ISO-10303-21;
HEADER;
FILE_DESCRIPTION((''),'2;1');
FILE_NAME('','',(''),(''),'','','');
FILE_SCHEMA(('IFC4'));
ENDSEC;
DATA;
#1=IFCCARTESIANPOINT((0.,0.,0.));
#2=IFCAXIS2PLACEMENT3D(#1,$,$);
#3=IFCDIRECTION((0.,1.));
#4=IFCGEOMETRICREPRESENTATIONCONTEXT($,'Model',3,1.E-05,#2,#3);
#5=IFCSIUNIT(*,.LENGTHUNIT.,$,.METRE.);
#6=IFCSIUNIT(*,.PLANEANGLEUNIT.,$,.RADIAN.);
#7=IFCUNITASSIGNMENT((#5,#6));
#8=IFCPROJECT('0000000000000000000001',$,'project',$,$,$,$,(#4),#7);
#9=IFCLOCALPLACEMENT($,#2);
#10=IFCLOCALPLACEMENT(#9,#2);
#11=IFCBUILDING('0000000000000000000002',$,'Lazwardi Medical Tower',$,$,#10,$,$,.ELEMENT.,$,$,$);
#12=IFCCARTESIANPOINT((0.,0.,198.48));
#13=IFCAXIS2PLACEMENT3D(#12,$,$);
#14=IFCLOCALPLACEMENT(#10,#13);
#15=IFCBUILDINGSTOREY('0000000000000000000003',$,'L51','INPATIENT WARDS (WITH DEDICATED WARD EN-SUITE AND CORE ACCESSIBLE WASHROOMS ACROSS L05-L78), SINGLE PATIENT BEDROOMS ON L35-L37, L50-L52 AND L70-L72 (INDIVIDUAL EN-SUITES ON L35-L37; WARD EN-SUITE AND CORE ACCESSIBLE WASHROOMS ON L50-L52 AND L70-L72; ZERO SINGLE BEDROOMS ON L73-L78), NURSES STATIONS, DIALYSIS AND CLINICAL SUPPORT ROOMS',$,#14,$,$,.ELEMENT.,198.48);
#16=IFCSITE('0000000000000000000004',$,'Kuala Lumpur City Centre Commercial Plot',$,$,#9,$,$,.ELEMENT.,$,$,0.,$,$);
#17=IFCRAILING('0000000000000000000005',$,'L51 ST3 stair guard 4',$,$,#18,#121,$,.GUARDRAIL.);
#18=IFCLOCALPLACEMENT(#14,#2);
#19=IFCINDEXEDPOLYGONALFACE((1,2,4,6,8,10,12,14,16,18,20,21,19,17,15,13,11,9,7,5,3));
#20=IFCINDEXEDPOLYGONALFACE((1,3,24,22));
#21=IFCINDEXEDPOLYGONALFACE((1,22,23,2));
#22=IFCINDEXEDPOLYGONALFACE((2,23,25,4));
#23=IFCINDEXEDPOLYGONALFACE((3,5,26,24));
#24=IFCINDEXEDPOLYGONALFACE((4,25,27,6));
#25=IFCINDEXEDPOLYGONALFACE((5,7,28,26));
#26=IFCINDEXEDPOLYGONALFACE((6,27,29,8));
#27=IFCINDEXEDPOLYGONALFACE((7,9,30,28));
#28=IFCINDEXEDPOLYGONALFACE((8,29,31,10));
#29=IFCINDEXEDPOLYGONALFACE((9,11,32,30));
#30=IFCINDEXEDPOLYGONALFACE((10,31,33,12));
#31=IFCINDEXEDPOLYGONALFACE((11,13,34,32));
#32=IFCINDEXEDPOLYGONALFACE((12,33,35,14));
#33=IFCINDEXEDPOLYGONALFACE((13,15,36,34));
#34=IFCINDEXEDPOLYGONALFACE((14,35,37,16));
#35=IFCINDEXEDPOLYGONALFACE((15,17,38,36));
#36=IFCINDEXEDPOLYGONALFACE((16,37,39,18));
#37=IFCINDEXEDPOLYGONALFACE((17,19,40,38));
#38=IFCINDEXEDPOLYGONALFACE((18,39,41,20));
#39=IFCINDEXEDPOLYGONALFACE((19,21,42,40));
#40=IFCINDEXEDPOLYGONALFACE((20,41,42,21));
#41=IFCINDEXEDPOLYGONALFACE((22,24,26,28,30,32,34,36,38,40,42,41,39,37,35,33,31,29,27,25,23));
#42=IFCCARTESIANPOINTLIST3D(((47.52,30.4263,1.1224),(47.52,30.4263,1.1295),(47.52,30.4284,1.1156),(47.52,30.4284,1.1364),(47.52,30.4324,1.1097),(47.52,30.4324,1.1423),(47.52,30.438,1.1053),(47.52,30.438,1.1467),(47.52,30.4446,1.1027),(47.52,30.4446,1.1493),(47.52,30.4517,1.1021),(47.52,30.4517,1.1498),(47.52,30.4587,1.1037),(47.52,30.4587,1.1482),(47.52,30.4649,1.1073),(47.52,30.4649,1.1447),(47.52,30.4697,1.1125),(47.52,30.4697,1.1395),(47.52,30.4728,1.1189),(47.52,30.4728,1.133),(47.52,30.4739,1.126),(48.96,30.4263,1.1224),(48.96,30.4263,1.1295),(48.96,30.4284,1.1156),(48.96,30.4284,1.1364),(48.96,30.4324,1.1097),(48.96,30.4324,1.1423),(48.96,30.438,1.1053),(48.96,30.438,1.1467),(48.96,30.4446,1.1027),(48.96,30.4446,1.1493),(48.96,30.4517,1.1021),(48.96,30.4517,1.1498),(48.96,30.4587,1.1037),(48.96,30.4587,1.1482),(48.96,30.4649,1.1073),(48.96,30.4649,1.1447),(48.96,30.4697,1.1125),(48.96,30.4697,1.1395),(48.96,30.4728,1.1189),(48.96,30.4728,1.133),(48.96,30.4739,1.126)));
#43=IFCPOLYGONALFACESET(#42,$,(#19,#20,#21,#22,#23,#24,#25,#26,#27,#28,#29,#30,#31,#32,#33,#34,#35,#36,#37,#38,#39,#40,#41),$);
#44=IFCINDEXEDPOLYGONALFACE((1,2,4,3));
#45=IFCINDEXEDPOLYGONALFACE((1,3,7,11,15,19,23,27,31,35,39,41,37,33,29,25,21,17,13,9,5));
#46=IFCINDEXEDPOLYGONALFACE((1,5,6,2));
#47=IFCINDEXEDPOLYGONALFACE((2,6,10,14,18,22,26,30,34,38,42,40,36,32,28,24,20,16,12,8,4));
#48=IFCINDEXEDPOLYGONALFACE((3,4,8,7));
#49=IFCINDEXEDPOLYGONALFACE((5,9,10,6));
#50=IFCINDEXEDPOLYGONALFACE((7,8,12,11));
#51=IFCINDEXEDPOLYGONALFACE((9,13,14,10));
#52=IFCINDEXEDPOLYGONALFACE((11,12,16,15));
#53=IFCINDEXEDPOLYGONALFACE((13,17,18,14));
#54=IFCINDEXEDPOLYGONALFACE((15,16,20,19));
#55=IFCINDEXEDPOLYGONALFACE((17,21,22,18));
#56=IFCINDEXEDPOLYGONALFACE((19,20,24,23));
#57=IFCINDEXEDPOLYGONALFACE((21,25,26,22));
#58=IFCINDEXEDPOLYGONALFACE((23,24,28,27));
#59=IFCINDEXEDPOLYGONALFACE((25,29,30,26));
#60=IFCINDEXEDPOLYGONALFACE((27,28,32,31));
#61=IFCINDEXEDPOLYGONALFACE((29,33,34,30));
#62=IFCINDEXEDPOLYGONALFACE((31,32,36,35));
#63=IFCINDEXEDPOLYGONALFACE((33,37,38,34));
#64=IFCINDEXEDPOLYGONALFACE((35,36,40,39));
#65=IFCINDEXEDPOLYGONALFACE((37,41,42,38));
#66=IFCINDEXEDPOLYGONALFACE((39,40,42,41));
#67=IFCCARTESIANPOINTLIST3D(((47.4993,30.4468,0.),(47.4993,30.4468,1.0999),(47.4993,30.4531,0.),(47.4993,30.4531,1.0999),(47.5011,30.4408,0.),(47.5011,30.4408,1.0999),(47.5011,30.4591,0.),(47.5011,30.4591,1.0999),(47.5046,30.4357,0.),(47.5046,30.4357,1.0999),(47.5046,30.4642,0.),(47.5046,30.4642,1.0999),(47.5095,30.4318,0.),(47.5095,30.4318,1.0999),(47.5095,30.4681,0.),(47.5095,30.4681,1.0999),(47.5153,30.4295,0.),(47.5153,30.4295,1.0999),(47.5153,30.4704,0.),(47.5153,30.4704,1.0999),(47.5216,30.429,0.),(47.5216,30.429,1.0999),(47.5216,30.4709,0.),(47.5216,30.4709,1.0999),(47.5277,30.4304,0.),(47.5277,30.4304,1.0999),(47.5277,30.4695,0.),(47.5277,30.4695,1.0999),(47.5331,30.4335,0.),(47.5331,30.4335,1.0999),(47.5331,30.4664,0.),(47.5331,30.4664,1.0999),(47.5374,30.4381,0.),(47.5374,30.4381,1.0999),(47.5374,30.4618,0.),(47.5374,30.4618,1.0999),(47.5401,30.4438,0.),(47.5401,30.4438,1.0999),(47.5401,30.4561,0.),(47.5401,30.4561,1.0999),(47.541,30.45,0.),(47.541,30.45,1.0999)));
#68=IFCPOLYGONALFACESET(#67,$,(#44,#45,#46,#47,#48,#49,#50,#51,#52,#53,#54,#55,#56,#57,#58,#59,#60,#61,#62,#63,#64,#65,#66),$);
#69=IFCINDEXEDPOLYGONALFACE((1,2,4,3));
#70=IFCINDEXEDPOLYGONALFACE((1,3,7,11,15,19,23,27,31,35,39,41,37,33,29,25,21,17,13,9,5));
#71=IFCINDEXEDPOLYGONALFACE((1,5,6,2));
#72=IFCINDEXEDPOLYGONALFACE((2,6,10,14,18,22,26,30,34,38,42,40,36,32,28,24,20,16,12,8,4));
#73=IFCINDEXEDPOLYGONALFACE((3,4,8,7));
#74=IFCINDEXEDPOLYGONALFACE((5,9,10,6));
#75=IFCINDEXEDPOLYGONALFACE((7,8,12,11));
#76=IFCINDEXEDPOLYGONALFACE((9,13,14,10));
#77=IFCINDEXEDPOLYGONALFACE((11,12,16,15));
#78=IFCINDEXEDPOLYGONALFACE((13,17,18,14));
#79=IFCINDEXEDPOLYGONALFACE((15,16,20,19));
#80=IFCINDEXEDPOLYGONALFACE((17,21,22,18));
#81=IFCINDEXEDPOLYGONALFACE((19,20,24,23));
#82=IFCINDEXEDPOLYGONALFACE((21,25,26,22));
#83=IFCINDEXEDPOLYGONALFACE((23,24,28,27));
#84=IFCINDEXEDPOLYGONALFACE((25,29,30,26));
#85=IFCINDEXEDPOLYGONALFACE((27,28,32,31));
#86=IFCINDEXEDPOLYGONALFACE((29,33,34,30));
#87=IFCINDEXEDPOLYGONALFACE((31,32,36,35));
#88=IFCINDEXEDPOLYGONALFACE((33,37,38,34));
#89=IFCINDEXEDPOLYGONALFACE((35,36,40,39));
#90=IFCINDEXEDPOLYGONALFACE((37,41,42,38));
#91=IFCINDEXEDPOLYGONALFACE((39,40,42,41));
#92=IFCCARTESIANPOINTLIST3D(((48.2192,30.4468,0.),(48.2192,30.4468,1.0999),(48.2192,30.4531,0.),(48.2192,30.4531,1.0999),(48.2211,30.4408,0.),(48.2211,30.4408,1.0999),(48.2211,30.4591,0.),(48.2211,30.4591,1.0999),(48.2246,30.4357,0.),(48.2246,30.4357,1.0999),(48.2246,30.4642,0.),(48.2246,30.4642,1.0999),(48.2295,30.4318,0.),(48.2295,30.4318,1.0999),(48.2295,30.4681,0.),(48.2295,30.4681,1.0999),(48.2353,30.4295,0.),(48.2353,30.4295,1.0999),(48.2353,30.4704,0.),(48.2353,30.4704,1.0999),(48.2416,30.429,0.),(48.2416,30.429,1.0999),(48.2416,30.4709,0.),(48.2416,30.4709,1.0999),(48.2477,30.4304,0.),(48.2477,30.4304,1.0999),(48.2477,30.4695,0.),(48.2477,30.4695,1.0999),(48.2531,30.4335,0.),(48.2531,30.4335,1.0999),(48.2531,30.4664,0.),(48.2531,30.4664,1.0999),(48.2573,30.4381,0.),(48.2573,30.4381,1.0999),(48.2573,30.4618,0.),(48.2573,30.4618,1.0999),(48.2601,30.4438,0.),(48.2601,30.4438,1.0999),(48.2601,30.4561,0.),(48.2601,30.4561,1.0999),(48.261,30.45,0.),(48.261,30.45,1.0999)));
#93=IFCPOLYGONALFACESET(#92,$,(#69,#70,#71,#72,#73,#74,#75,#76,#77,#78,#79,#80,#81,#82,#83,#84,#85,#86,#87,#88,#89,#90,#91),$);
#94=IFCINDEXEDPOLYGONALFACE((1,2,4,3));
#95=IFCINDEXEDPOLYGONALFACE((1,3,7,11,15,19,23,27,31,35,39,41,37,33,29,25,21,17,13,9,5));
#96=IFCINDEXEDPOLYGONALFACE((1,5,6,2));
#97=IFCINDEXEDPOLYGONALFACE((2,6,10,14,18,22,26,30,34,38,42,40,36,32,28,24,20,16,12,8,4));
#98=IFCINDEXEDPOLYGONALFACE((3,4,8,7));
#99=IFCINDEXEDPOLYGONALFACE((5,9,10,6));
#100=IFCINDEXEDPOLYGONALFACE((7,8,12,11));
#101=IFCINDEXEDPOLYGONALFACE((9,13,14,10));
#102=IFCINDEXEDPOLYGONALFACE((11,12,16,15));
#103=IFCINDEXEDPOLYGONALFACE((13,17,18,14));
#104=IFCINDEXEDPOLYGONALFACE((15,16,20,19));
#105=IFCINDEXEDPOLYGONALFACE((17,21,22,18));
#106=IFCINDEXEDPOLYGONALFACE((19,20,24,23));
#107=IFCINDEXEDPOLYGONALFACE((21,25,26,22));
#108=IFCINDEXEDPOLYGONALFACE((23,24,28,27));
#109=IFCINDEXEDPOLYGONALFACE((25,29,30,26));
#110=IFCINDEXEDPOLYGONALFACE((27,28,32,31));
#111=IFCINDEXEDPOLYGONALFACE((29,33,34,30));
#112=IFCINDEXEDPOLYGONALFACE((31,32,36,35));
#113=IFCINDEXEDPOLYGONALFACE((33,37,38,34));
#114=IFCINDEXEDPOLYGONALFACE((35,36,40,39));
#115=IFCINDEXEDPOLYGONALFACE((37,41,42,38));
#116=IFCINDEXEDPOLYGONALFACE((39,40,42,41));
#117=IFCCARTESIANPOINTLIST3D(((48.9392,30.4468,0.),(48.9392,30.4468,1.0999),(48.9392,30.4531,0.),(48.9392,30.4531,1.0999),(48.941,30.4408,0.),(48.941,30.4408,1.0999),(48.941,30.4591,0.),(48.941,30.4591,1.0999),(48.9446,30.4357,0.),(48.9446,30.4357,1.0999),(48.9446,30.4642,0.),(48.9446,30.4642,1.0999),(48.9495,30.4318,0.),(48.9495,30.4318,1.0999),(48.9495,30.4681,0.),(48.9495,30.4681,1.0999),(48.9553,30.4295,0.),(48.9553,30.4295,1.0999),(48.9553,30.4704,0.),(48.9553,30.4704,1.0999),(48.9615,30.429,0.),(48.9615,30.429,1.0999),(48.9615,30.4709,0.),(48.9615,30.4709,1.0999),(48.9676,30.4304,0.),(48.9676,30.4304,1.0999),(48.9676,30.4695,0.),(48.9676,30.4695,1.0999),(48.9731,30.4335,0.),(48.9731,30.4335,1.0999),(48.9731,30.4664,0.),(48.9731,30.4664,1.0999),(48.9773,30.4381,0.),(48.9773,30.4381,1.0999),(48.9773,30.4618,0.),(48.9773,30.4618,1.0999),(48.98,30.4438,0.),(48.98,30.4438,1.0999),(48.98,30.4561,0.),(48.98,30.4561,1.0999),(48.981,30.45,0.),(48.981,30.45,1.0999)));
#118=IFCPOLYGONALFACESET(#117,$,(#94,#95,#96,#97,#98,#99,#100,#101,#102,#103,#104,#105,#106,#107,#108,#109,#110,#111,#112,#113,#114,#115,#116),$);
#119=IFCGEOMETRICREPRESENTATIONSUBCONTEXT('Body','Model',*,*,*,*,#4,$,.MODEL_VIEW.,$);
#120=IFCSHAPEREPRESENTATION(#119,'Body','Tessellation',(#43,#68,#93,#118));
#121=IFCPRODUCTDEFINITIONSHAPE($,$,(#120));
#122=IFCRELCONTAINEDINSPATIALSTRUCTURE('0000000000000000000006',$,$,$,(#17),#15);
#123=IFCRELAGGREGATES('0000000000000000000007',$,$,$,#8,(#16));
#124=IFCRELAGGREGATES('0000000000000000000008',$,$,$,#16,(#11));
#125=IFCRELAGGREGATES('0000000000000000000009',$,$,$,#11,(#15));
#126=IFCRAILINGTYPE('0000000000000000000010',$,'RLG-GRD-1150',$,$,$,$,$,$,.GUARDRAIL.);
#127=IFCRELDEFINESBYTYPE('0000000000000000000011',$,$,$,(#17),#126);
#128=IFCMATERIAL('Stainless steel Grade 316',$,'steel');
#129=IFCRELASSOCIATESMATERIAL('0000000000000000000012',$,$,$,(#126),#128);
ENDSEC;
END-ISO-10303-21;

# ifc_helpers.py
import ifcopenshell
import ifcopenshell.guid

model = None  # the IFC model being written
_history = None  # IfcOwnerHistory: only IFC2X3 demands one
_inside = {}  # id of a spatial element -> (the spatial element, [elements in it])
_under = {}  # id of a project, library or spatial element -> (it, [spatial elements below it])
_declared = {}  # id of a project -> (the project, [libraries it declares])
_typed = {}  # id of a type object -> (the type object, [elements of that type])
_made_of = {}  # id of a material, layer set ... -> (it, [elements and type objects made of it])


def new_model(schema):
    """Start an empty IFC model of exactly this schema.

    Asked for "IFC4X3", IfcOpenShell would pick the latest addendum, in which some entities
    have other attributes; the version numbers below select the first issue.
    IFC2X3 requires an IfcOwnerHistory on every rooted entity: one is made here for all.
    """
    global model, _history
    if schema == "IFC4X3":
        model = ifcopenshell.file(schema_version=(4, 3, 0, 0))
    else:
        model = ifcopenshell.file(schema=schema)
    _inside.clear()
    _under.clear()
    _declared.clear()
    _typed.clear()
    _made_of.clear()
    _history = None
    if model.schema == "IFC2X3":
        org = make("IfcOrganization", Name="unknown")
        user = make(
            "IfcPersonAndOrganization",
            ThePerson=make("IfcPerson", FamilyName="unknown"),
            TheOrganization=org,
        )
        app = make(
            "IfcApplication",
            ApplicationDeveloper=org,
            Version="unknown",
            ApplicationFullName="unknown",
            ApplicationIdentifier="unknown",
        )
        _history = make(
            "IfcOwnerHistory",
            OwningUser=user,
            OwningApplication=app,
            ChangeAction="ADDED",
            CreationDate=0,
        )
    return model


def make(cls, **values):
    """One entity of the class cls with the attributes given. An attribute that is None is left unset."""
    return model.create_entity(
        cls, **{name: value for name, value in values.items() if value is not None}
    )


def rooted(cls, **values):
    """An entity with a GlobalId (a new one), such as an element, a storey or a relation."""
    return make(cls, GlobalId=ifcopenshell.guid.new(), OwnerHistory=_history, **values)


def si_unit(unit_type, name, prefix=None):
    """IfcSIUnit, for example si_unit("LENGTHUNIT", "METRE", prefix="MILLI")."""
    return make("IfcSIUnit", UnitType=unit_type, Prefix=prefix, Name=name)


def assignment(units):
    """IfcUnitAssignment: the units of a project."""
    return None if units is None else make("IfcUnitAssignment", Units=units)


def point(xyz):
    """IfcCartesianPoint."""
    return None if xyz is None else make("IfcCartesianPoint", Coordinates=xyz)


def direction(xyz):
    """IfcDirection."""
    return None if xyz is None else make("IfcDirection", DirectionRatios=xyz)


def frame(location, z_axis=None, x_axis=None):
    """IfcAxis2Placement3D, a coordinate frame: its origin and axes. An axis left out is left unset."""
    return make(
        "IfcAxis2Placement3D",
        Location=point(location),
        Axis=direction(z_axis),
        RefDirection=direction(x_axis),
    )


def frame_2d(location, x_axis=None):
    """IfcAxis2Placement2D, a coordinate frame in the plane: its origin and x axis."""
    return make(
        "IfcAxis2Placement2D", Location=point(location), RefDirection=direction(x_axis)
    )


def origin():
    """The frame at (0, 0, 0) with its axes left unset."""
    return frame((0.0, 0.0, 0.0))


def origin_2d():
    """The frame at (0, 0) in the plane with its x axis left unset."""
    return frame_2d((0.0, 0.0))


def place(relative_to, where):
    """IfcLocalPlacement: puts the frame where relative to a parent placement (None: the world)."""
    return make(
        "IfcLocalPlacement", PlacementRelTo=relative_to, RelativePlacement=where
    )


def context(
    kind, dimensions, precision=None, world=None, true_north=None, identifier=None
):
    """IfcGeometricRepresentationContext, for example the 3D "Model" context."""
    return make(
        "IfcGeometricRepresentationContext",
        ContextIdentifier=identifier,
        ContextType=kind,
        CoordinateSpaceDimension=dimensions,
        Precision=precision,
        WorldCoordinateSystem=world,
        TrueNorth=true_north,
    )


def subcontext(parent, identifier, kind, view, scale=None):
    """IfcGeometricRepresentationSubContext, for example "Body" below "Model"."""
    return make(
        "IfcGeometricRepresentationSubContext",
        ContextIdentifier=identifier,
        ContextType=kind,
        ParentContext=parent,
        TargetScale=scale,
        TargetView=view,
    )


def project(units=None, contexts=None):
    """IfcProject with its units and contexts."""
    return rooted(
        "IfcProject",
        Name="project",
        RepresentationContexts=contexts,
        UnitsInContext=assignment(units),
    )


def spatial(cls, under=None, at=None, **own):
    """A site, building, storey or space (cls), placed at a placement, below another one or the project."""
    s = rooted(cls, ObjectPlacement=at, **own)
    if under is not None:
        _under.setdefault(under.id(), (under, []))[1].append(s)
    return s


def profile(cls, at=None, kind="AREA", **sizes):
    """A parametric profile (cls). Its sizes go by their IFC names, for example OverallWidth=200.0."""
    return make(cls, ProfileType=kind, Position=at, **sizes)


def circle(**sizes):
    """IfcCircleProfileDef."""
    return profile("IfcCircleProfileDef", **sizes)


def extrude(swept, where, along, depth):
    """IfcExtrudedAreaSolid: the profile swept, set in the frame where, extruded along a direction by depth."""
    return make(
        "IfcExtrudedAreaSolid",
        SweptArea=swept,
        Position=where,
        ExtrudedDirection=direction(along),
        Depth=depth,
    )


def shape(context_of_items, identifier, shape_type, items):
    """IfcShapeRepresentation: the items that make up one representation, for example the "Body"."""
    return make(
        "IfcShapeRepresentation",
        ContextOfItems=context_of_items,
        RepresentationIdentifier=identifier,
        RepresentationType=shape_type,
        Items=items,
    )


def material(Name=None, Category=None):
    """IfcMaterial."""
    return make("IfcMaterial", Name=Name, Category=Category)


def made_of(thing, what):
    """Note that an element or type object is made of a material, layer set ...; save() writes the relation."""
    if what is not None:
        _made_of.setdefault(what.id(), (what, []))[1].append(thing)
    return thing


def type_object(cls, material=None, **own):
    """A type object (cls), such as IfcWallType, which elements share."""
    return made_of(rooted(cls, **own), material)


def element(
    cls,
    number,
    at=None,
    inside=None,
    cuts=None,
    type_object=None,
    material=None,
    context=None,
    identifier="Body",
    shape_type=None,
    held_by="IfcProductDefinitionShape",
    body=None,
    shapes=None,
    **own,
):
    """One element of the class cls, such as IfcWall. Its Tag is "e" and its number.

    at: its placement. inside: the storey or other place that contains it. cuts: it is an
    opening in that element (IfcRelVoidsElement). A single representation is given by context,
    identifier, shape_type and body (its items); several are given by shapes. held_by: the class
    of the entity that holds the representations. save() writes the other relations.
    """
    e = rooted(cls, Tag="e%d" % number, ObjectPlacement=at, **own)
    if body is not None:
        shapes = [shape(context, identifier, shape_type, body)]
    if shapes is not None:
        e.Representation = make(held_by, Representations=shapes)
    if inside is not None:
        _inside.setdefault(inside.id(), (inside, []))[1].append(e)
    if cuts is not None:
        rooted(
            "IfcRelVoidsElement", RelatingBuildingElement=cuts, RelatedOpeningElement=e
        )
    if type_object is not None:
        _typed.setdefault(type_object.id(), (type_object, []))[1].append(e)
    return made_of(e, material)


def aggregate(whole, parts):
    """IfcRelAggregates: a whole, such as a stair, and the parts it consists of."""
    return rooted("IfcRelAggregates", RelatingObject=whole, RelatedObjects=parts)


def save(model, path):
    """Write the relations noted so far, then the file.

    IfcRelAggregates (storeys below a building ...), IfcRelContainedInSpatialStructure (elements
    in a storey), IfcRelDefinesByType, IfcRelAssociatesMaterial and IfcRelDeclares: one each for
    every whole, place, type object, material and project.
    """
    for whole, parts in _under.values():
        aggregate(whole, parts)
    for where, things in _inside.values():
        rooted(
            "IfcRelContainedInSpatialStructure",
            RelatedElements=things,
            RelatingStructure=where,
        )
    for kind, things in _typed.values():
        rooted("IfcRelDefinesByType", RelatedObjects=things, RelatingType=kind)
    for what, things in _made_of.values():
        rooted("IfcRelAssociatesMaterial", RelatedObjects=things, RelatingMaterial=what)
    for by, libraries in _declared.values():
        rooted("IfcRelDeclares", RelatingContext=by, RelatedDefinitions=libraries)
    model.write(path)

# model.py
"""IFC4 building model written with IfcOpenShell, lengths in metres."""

from ifc_helpers import new_model, si_unit, direction, frame, origin, origin_2d, place, context, subcontext, project, spatial, circle, extrude, material, type_object, element, save


model = new_model("IFC4")

# Units and contexts
model_context = context("Model", 3, precision=1e-05, world=origin(), true_north=direction((0.0, 1.0)))
body_context = subcontext(model_context, "Body", "Model", "MODEL_VIEW")
ifc_project = project(units=[si_unit("LENGTHUNIT", "METRE"), si_unit("PLANEANGLEUNIT", "RADIAN")], contexts=[model_context])

# Site, building, storey
site_placement = place(None, origin())
site = spatial("IfcSite", under=ifc_project, at=site_placement, Name="Kuala Lumpur City Centre Commercial Plot", CompositionType="ELEMENT", RefElevation=0.0)
building_placement = place(site_placement, origin())
building = spatial("IfcBuilding", under=site, at=building_placement, Name="Lazwardi Medical Tower", CompositionType="ELEMENT")
storey_placement = place(building_placement, frame((0.0, 0.0, 198.48)))
storey = spatial("IfcBuildingStorey", under=building, at=storey_placement, Name="L51", Description="INPATIENT WARDS (WITH DEDICATED WARD EN-SUITE AND CORE ACCESSIBLE WASHROOMS ACROSS L05-L78), SINGLE PATIENT BEDROOMS ON L35-L37, L50-L52 AND L70-L72 (INDIVIDUAL EN-SUITES ON L35-L37; WARD EN-SUITE AND CORE ACCESSIBLE WASHROOMS ON L50-L52 AND L70-L72; ZERO SINGLE BEDROOMS ON L73-L78), NURSES STATIONS, DIALYSIS AND CLINICAL SUPPORT ROOMS", CompositionType="ELEMENT", Elevation=198.48)

# Railing
ifc_material_1 = material(Name="Stainless steel Grade 316", Category="steel")
railing_type = type_object("IfcRailingType", Name="RLG-GRD-1150", PredefinedType="GUARDRAIL", material=ifc_material_1)
railing_1_placement = place(storey_placement, frame((47.52, 30.45, 0.0)))
element("IfcRailing", 1, at=railing_1_placement, inside=storey, type_object=railing_type, Name="L51 ST3 stair guard 4", PredefinedType="GUARDRAIL", context=body_context, shape_type="SweptSolid", body=[
    extrude(circle(Radius=0.0239, at=origin_2d()), frame((0.0, 0.0, 1.126), z_axis=(1.0, 0.0, 0.0), x_axis=(0.0, 1.0, 0.0)), (0.0, 0.0, 1.0), 1.4399),
    extrude(circle(Radius=0.021, at=origin_2d()), origin(), (0.0, 0.0, 1.0), 1.0999),
    extrude(circle(Radius=0.021, at=origin_2d()), frame((0.72, 0.0, 0.0)), (0.0, 0.0, 1.0), 1.0999),
    extrude(circle(Radius=0.021, at=origin_2d()), frame((1.4399, 0.0, 0.0)), (0.0, 0.0, 1.0), 1.0999),
])

save(model, "model.ifc")
